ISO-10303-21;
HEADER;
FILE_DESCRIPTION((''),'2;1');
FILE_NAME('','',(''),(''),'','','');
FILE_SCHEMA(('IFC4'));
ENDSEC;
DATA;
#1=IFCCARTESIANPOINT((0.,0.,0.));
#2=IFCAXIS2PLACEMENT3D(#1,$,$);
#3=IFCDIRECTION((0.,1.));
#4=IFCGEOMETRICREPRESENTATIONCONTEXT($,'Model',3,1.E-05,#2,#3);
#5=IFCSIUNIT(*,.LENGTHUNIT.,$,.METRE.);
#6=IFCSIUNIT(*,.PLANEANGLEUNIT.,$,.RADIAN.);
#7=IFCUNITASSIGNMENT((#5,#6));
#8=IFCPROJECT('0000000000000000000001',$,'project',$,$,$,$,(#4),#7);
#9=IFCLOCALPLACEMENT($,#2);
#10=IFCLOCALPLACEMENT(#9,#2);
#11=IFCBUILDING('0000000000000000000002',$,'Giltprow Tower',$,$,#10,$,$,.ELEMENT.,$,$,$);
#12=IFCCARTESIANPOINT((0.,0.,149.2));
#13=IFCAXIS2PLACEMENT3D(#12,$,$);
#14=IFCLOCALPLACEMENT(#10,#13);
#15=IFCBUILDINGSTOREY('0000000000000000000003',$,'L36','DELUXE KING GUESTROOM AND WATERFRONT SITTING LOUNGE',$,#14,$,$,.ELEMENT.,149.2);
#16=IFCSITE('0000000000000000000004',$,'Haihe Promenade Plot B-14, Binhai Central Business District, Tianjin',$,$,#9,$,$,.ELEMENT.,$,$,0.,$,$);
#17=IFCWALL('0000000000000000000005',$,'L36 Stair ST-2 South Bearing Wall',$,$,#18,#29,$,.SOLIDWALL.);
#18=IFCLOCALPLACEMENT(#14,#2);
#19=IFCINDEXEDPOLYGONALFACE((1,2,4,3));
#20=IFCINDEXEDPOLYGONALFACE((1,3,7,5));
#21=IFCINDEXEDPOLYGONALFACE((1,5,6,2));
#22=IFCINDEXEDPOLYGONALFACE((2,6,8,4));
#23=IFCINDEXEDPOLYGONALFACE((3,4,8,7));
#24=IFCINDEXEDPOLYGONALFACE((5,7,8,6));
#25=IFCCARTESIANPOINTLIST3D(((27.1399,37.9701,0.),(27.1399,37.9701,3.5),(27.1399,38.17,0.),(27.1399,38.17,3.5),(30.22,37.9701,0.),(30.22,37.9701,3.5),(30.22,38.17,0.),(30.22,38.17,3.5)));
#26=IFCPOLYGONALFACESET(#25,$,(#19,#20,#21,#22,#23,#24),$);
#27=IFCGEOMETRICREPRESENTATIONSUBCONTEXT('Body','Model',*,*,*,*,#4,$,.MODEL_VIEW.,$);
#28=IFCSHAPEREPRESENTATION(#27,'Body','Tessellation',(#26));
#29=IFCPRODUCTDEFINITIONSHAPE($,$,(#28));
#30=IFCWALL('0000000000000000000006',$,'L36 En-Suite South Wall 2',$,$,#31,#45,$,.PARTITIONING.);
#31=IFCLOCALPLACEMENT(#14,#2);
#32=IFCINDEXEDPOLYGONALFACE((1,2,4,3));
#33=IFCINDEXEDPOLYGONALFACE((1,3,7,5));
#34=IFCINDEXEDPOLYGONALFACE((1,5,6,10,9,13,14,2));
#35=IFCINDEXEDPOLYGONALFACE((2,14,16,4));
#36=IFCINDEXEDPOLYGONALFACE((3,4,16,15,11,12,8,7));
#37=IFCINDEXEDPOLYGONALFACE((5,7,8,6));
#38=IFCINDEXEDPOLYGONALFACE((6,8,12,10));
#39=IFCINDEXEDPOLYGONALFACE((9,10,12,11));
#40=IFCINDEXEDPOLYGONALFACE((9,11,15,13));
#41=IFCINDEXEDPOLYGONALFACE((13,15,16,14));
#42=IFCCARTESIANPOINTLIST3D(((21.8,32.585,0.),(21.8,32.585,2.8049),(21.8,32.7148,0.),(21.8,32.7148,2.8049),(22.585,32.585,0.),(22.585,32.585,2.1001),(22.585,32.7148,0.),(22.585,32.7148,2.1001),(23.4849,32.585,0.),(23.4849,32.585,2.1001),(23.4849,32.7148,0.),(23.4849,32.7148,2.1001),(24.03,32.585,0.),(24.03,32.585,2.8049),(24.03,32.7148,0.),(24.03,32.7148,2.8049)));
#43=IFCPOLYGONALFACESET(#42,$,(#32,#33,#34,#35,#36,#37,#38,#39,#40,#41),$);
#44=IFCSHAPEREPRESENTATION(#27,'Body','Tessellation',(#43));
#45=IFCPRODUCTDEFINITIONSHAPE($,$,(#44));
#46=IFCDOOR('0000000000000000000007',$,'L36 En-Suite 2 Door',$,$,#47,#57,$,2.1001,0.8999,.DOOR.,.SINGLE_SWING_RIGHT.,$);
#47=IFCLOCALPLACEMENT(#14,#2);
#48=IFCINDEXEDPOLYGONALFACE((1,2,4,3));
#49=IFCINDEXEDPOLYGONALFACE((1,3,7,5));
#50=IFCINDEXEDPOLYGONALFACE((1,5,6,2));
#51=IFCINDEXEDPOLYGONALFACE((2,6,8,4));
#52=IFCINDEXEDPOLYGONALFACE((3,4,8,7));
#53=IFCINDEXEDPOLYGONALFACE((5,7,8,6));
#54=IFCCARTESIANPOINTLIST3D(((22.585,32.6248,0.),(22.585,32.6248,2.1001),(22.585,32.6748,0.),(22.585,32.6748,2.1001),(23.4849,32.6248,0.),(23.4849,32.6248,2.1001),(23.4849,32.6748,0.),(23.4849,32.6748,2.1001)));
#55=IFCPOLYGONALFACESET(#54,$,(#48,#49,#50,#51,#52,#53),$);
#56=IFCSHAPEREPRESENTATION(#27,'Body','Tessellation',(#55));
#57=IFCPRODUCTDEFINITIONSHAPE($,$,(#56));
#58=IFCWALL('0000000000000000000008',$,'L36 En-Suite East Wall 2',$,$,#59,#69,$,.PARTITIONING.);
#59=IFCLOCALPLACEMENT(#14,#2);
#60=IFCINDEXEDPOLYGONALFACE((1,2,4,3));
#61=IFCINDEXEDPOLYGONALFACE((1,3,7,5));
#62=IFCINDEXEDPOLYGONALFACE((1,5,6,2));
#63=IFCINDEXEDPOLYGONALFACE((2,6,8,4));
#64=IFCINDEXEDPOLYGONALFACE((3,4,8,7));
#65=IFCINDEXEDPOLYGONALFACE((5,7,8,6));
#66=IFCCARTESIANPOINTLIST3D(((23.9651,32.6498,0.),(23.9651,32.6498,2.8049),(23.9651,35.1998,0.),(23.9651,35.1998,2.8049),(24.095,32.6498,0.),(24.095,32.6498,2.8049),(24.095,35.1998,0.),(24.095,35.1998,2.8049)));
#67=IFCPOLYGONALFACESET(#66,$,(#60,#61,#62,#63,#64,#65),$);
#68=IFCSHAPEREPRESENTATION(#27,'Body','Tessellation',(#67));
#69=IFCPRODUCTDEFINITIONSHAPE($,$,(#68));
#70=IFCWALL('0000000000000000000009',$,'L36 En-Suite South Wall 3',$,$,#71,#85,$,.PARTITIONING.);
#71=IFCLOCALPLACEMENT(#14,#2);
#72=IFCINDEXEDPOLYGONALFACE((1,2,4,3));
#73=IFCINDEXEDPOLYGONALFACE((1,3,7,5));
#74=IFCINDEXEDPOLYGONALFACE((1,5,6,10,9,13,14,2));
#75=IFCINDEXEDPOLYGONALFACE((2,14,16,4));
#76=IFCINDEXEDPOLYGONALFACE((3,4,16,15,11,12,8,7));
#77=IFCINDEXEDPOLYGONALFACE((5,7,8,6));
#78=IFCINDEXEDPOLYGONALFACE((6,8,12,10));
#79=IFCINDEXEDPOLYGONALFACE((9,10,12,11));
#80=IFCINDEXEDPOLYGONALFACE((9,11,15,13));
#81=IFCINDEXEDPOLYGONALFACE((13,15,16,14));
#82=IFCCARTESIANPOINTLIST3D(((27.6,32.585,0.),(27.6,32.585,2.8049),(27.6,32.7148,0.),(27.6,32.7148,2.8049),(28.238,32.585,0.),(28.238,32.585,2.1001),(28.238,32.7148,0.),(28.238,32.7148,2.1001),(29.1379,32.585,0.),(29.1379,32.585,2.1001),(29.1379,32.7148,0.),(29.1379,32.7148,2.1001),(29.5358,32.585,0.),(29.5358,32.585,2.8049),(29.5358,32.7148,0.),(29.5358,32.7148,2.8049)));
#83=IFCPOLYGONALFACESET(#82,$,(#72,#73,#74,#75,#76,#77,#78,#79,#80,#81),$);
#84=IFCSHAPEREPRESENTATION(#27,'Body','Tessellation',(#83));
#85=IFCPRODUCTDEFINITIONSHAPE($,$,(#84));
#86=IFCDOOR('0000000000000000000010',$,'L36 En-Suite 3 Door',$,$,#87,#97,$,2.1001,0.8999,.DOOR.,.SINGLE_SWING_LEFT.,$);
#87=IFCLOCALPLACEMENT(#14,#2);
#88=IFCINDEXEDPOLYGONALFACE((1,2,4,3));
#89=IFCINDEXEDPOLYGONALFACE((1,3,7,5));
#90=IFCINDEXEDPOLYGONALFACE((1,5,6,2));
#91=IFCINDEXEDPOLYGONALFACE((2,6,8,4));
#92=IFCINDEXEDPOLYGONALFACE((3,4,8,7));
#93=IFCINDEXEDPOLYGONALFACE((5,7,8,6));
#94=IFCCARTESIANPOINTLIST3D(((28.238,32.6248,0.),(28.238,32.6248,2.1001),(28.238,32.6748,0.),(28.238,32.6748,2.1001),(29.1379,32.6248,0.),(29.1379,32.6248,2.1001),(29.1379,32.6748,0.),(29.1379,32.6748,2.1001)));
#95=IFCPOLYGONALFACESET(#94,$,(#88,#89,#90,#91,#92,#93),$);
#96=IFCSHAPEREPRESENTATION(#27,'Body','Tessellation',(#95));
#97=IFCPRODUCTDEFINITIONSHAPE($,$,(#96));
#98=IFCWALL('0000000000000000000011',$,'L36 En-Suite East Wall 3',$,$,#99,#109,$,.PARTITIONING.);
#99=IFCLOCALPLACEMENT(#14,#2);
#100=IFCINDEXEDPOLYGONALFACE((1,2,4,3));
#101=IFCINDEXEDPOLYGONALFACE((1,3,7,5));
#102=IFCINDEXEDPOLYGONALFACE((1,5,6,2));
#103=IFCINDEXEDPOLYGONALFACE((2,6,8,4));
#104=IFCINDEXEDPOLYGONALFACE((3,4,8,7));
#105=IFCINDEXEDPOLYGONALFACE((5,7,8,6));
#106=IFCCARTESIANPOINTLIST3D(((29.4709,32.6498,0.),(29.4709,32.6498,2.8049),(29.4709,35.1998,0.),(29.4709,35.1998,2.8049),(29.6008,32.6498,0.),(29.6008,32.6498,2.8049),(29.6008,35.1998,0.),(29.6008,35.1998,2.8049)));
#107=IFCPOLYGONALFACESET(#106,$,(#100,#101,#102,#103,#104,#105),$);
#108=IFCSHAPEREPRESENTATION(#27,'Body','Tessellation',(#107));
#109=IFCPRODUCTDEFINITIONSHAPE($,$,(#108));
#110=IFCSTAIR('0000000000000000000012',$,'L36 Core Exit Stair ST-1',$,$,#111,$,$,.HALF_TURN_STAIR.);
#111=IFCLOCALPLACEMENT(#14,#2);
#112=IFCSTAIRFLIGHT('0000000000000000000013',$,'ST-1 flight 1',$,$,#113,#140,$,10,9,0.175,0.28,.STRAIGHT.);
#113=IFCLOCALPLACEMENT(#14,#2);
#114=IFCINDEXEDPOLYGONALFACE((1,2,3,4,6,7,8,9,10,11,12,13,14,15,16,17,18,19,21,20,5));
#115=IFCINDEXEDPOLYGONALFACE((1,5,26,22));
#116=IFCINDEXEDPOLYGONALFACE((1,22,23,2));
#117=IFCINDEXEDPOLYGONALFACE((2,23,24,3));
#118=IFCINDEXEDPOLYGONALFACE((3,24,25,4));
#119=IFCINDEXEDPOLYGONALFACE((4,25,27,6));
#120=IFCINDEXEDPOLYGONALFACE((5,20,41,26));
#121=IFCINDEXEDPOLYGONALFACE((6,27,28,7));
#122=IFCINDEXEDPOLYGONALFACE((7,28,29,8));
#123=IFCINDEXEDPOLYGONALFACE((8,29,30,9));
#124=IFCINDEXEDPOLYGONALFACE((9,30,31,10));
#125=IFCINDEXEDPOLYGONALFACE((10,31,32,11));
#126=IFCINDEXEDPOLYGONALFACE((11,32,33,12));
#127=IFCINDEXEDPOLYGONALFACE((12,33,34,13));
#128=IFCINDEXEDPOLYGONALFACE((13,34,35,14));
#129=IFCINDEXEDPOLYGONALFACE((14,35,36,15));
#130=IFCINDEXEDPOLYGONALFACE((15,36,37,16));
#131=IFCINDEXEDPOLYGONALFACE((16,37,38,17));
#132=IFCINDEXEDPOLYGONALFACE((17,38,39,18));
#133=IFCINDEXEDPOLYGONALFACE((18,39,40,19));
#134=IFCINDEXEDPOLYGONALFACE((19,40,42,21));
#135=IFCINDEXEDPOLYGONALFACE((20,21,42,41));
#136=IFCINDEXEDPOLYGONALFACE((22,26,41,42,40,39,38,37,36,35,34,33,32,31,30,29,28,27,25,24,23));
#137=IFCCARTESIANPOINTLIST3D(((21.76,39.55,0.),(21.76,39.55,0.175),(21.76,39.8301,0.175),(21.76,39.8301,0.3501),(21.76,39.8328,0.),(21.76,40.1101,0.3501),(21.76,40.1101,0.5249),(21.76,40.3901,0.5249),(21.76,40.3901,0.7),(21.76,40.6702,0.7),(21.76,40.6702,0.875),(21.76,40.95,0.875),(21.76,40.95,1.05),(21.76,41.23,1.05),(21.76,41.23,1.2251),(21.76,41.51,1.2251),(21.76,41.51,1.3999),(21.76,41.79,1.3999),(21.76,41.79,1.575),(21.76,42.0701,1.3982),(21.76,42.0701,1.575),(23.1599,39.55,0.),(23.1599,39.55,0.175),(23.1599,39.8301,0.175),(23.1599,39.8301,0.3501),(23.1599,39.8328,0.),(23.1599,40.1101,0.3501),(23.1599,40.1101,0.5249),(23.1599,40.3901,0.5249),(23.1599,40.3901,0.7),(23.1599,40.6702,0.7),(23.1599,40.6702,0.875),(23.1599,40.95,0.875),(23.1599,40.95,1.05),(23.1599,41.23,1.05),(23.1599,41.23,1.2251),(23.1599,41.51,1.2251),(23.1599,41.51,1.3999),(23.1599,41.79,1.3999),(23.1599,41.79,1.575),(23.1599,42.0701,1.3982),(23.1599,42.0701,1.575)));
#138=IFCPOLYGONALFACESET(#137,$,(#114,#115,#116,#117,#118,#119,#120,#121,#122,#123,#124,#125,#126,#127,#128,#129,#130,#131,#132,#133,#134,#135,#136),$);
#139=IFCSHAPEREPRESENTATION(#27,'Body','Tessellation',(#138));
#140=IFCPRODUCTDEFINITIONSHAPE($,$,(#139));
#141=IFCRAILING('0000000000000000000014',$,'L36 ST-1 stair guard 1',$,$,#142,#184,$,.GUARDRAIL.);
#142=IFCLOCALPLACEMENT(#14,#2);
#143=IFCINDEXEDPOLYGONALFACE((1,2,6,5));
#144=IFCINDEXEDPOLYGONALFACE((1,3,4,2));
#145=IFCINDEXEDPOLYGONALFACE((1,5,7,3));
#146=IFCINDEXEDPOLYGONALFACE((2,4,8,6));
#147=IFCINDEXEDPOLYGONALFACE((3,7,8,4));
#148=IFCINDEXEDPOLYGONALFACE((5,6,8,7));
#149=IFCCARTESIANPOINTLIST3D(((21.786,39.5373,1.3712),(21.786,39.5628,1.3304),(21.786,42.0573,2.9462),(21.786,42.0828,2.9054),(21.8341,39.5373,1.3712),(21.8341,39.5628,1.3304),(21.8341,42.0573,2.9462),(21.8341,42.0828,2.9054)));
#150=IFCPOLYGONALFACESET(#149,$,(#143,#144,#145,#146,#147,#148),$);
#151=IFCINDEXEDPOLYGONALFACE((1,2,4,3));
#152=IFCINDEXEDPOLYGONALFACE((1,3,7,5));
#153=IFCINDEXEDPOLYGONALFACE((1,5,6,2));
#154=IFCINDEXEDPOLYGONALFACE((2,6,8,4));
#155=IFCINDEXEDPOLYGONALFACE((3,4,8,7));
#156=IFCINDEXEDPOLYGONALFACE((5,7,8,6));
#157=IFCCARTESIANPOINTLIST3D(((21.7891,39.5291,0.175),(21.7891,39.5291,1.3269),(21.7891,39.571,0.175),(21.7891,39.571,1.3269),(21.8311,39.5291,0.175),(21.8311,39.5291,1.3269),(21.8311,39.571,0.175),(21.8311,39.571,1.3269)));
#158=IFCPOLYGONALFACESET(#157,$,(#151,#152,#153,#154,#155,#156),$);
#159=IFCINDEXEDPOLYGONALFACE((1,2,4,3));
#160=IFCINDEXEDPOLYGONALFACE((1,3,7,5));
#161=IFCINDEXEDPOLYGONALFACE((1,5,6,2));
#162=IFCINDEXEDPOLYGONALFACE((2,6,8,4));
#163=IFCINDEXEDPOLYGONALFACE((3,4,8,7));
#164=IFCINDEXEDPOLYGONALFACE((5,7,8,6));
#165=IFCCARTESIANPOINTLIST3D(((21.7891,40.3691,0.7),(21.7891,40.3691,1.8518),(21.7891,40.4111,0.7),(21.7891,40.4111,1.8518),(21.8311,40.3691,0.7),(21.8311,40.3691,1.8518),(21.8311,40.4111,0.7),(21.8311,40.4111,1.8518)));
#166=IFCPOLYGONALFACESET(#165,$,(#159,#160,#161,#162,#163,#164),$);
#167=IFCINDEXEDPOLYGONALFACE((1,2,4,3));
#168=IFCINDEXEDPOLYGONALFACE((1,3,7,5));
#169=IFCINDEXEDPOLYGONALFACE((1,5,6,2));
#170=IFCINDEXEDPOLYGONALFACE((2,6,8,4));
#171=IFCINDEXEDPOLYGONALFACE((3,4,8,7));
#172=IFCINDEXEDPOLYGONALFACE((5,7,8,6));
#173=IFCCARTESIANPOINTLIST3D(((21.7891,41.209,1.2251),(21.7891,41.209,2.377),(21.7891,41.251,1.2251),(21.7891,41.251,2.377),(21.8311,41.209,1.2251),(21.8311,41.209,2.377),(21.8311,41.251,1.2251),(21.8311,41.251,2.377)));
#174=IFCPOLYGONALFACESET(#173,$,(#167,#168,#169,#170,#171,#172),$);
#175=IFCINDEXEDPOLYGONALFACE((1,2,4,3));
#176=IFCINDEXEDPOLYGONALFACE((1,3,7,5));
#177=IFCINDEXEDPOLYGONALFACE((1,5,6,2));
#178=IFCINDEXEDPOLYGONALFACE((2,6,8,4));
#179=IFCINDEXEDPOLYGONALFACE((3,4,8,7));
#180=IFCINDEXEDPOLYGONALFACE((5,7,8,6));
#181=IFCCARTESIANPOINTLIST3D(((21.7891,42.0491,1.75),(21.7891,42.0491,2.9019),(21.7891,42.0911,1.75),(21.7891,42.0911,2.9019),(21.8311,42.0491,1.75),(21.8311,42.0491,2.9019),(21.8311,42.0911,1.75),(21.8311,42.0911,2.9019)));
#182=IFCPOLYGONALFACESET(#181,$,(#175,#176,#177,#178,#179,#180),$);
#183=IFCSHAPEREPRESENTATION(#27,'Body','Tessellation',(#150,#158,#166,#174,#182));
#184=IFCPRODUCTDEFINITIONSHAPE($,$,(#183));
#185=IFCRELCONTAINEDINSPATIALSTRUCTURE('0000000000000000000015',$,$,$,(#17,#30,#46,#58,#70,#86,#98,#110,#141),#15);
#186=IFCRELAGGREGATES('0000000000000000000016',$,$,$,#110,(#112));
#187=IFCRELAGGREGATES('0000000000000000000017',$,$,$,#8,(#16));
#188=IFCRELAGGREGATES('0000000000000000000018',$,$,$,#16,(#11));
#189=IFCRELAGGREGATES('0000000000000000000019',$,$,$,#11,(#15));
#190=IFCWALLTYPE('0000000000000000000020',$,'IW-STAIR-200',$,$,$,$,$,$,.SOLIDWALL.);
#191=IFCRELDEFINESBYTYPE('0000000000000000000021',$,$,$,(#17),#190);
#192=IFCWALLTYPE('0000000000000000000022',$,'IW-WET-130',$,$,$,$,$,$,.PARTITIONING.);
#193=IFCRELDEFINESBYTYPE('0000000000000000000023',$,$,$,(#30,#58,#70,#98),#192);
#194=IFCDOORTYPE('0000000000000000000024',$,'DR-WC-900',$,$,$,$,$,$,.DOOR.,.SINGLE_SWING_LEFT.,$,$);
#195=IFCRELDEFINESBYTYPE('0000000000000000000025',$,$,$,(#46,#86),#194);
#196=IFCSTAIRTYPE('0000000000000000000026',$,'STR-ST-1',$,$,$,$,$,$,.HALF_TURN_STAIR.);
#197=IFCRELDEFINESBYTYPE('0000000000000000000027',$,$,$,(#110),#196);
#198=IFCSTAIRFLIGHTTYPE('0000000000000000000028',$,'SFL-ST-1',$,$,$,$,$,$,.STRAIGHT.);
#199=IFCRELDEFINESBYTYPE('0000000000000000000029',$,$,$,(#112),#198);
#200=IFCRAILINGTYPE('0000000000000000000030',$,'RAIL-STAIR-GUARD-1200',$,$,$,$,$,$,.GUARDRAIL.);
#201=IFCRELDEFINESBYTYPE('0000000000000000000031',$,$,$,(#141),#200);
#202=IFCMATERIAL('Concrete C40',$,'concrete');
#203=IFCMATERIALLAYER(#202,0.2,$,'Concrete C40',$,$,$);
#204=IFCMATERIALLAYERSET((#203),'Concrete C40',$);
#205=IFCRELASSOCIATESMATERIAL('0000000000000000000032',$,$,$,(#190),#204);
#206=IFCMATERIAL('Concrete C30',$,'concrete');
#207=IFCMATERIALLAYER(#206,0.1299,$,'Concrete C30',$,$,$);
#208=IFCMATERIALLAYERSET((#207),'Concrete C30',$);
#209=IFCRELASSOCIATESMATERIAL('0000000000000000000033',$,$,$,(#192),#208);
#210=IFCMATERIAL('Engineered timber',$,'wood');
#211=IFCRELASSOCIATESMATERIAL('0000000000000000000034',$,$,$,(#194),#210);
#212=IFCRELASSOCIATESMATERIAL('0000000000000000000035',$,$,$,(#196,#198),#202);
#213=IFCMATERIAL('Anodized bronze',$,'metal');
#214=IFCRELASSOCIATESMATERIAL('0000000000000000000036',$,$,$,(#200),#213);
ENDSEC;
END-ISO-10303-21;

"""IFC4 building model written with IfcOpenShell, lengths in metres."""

from ifc_helpers import new_model, si_unit, direction, frame, frame_2d, origin, origin_2d, place, context, subcontext, project, spatial, polyline, rectangle, outline, extrude, source, transform, mapped, material, layer, layer_set, type_object, element, fill, aggregate, save


model = new_model("IFC4")

# Units and contexts
model_context = context("Model", 3, precision=1e-05, world=origin(), true_north=direction((0.0, 1.0)))
body_context = subcontext(model_context, "Body", "Model", "MODEL_VIEW")
ifc_project = project(units=[si_unit("LENGTHUNIT", "METRE"), si_unit("PLANEANGLEUNIT", "RADIAN")], contexts=[model_context])

# Site, building, storey
site_placement = place(None, origin())
site = spatial("IfcSite", under=ifc_project, at=site_placement, Name="Haihe Promenade Plot B-14, Binhai Central Business District, Tianjin", CompositionType="ELEMENT", RefElevation=0.0)
building_placement = place(site_placement, origin())
building = spatial("IfcBuilding", under=site, at=building_placement, Name="Giltprow Tower", CompositionType="ELEMENT")
storey_placement = place(building_placement, frame((0.0, 0.0, 149.2)))
storey = spatial("IfcBuildingStorey", under=building, at=storey_placement, Name="L36", Description="DELUXE KING GUESTROOM AND WATERFRONT SITTING LOUNGE", CompositionType="ELEMENT", Elevation=149.2)

# Shared definitions
ifc_material_1 = material(Name="Concrete C40", Category="concrete")
ifc_layer_1 = layer(ifc_material_1, 0.2, Name="Concrete C40")
ifc_layer_set_1 = layer_set([ifc_layer_1], Name="Concrete C40")
wall_type_1 = type_object("IfcWallType", Name="IW-STAIR-200", PredefinedType="SOLIDWALL", material=ifc_layer_set_1)

# Wall
wall_1_placement = place(storey_placement, frame((27.1399, 38.0701, 0.0), z_axis=(0.0, 0.0, 1.0), x_axis=(1.0, 0.0, 0.0)))
element("IfcWall", 1, at=wall_1_placement, inside=storey, type_object=wall_type_1, Name="L36 Stair ST-2 South Bearing Wall", PredefinedType="SOLIDWALL", context=body_context, shape_type="SweptSolid", body=[
    extrude(rectangle(XDim=3.0801, YDim=0.2, at=frame_2d((1.54, 0.0))), origin(), (0.0, 0.0, 1.0), 3.5),
])

# Wall, opening, door
ifc_material_2 = material(Name="Concrete C30", Category="concrete")
ifc_layer_2 = layer(ifc_material_2, 0.1299, Name="Concrete C30")
ifc_layer_set_2 = layer_set([ifc_layer_2], Name="Concrete C30")
wall_type_2 = type_object("IfcWallType", Name="IW-WET-130", PredefinedType="PARTITIONING", material=ifc_layer_set_2)
wall_2_placement = place(storey_placement, frame((21.8, 32.6499, 0.0), z_axis=(0.0, 0.0, 1.0), x_axis=(1.0, 0.0, 0.0)))
wall_2 = element("IfcWall", 2, at=wall_2_placement, inside=storey, type_object=wall_type_2, Name="L36 En-Suite South Wall 2", PredefinedType="PARTITIONING", context=body_context, shape_type="SweptSolid", body=[
    extrude(rectangle(XDim=2.23, YDim=0.1299, at=frame_2d((1.115, 0.0))), origin(), (0.0, 0.0, 1.0), 2.8049),
])
opening_1_placement = place(wall_2_placement, frame((0.7849, 0.0, 0.0)))
opening_1 = element("IfcOpeningElement", 3, at=opening_1_placement, cuts=wall_2, PredefinedType="OPENING", context=body_context, shape_type="SweptSolid", body=[
    extrude(rectangle(XDim=0.8999, YDim=2.1001, at=frame_2d((0.45, 1.05))), frame((0.0, 0.075, 0.0), z_axis=(0.0, -1.0, 0.0), x_axis=(1.0, 0.0, 0.0)), (0.0, 0.0, 1.0), 0.1499),
])
ifc_material_3 = material(Name="Engineered timber", Category="wood")
door_type_1 = type_object("IfcDoorType", Name="DR-WC-900", OperationType="SINGLE_SWING_LEFT", PredefinedType="DOOR", material=ifc_material_3)
shared_shape_1 = source(origin(), body_context, "Body", "SweptSolid", [
    extrude(rectangle(XDim=0.8999, YDim=2.1001, at=frame_2d((0.45, 1.05))), frame((0.0, 0.0249, 0.0), z_axis=(0.0, -1.0, 0.0), x_axis=(1.0, 0.0, 0.0)), (0.0, 0.0, 1.0), 0.05),
])
door_1_placement = place(opening_1_placement, origin())
door_1 = element("IfcDoor", 4, at=door_1_placement, inside=storey, type_object=door_type_1, Name="L36 En-Suite 2 Door", OperationType="SINGLE_SWING_RIGHT", OverallHeight=2.1001, OverallWidth=0.8999, PredefinedType="DOOR", context=body_context, shape_type="MappedRepresentation", body=[
    mapped(shared_shape_1, transform((0.0, 0.0, 0.0), x_axis=(1.0, 0.0, 0.0), y_axis=(0.0, 1.0, 0.0), z_axis=(0.0, 0.0, 1.0), scale=1.0)),
])
fill(opening_1, door_1)

# Wall
wall_3_placement = place(storey_placement, frame((24.03, 32.6499, 0.0), z_axis=(0.0, 0.0, 1.0), x_axis=(0.0, 1.0, 0.0)))
element("IfcWall", 5, at=wall_3_placement, inside=storey, type_object=wall_type_2, Name="L36 En-Suite East Wall 2", PredefinedType="PARTITIONING", context=body_context, shape_type="SweptSolid", body=[
    extrude(rectangle(XDim=2.55, YDim=0.1299, at=frame_2d((1.2749, 0.0))), origin(), (0.0, 0.0, 1.0), 2.8049),
])

# Wall, opening, door
wall_4_placement = place(storey_placement, frame((27.6001, 32.6499, 0.0), z_axis=(0.0, 0.0, 1.0), x_axis=(1.0, 0.0, 0.0)))
wall_4 = element("IfcWall", 6, at=wall_4_placement, inside=storey, type_object=wall_type_2, Name="L36 En-Suite South Wall 3", PredefinedType="PARTITIONING", context=body_context, shape_type="SweptSolid", body=[
    extrude(rectangle(XDim=1.9358, YDim=0.1299, at=frame_2d((0.9678, 0.0))), origin(), (0.0, 0.0, 1.0), 2.8049),
])
opening_2_placement = place(wall_4_placement, frame((0.6379, 0.0, 0.0)))
opening_2 = element("IfcOpeningElement", 7, at=opening_2_placement, cuts=wall_4, PredefinedType="OPENING", context=body_context, shape_type="SweptSolid", body=[
    extrude(rectangle(XDim=0.8999, YDim=2.1001, at=frame_2d((0.45, 1.05))), frame((0.0, 0.075, 0.0), z_axis=(0.0, -1.0, 0.0), x_axis=(1.0, 0.0, 0.0)), (0.0, 0.0, 1.0), 0.1499),
])
door_2_placement = place(opening_2_placement, origin())
door_2 = element("IfcDoor", 8, at=door_2_placement, inside=storey, type_object=door_type_1, Name="L36 En-Suite 3 Door", OperationType="SINGLE_SWING_LEFT", OverallHeight=2.1001, OverallWidth=0.8999, PredefinedType="DOOR", context=body_context, shape_type="MappedRepresentation", body=[
    mapped(shared_shape_1, transform((0.0, 0.0, 0.0), x_axis=(1.0, 0.0, 0.0), y_axis=(0.0, 1.0, 0.0), z_axis=(0.0, 0.0, 1.0), scale=1.0)),
])
fill(opening_2, door_2)

# Wall
wall_5_placement = place(storey_placement, frame((29.5359, 32.6499, 0.0), z_axis=(0.0, 0.0, 1.0), x_axis=(0.0, 1.0, 0.0)))
element("IfcWall", 9, at=wall_5_placement, inside=storey, type_object=wall_type_2, Name="L36 En-Suite East Wall 3", PredefinedType="PARTITIONING", context=body_context, shape_type="SweptSolid", body=[
    extrude(rectangle(XDim=2.55, YDim=0.1299, at=frame_2d((1.2749, 0.0))), origin(), (0.0, 0.0, 1.0), 2.8049),
])

# Stair, stair flight
stair_type = type_object("IfcStairType", Name="STR-ST-1", PredefinedType="HALF_TURN_STAIR", material=ifc_material_1)
stair_placement = place(storey_placement, origin())
stair = element("IfcStair", 10, at=stair_placement, inside=storey, type_object=stair_type, Name="L36 Core Exit Stair ST-1", PredefinedType="HALF_TURN_STAIR")
stair_flight_type = type_object("IfcStairFlightType", Name="SFL-ST-1", PredefinedType="STRAIGHT", material=ifc_material_1)
stair_flight_placement = place(storey_placement, frame((22.46, 39.55, 0.0), z_axis=(0.0, 0.0, 1.0), x_axis=(0.0, 1.0, 0.0)))
stair_flight = element("IfcStairFlight", 11, at=stair_flight_placement, type_object=stair_flight_type, Name="ST-1 flight 1", NumberOfRisers=10, NumberOfTreads=9, PredefinedType="STRAIGHT", RiserHeight=0.175, TreadLength=0.28, context=body_context, shape_type="SweptSolid", body=[
    extrude(outline(polyline([(0.0, 0.0), (0.0, 0.175), (0.28, 0.175), (0.28, 0.3501), (0.5601, 0.3501), (0.5601, 0.5249), (0.8401, 0.5249), (0.8401, 0.7), (1.1201, 0.7), (1.1201, 0.875), (1.3999, 0.875), (1.3999, 1.05), (1.6799, 1.05), (1.6799, 1.2251), (1.96, 1.2251), (1.96, 1.3999), (2.24, 1.3999), (2.24, 1.575), (2.52, 1.575), (2.52, 1.75), (2.52, 1.3982), (0.2827, 0.0), (0.0, 0.0)])), frame((0.0, 0.7, 0.0), z_axis=(0.0, -1.0, 0.0), x_axis=(1.0, 0.0, 0.0)), (0.0, 0.0, 1.0), 1.3999),
])
aggregate(stair, [stair_flight])

# Railing
ifc_material_4 = material(Name="Anodized bronze", Category="metal")
railing_type_1 = type_object("IfcRailingType", Name="RAIL-STAIR-GUARD-1200", PredefinedType="GUARDRAIL", material=ifc_material_4)
railing_1_placement = place(storey_placement, frame((21.8101, 39.55, 0.175)))
element("IfcRailing", 12, at=railing_1_placement, inside=storey, type_object=railing_type_1, Name="L36 ST-1 stair guard 1", PredefinedType="GUARDRAIL", context=body_context, shape_type="SweptSolid", body=[
    extrude(rectangle(XDim=0.0481, YDim=0.0481, at=origin_2d()), frame((0.0, 0.0, 1.1758), z_axis=(0.0, 0.848008, 0.529984), x_axis=(-1.0, 0.0, 0.0)), (0.0, 0.0, 1.0), 2.9717),
    extrude(rectangle(XDim=0.042, YDim=0.042, at=origin_2d()), origin(), (0.0, 0.0, 1.0), 1.1519),
    extrude(rectangle(XDim=0.042, YDim=0.042, at=origin_2d()), frame((0.0, 0.8401, 0.5249)), (0.0, 0.0, 1.0), 1.1519),
    extrude(rectangle(XDim=0.042, YDim=0.042, at=origin_2d()), frame((0.0, 1.6799, 1.05)), (0.0, 0.0, 1.0), 1.1519),
    extrude(rectangle(XDim=0.042, YDim=0.042, at=origin_2d()), frame((0.0, 2.52, 1.575)), (0.0, 0.0, 1.0), 1.1519),
])

save(model, "model.ifc")
